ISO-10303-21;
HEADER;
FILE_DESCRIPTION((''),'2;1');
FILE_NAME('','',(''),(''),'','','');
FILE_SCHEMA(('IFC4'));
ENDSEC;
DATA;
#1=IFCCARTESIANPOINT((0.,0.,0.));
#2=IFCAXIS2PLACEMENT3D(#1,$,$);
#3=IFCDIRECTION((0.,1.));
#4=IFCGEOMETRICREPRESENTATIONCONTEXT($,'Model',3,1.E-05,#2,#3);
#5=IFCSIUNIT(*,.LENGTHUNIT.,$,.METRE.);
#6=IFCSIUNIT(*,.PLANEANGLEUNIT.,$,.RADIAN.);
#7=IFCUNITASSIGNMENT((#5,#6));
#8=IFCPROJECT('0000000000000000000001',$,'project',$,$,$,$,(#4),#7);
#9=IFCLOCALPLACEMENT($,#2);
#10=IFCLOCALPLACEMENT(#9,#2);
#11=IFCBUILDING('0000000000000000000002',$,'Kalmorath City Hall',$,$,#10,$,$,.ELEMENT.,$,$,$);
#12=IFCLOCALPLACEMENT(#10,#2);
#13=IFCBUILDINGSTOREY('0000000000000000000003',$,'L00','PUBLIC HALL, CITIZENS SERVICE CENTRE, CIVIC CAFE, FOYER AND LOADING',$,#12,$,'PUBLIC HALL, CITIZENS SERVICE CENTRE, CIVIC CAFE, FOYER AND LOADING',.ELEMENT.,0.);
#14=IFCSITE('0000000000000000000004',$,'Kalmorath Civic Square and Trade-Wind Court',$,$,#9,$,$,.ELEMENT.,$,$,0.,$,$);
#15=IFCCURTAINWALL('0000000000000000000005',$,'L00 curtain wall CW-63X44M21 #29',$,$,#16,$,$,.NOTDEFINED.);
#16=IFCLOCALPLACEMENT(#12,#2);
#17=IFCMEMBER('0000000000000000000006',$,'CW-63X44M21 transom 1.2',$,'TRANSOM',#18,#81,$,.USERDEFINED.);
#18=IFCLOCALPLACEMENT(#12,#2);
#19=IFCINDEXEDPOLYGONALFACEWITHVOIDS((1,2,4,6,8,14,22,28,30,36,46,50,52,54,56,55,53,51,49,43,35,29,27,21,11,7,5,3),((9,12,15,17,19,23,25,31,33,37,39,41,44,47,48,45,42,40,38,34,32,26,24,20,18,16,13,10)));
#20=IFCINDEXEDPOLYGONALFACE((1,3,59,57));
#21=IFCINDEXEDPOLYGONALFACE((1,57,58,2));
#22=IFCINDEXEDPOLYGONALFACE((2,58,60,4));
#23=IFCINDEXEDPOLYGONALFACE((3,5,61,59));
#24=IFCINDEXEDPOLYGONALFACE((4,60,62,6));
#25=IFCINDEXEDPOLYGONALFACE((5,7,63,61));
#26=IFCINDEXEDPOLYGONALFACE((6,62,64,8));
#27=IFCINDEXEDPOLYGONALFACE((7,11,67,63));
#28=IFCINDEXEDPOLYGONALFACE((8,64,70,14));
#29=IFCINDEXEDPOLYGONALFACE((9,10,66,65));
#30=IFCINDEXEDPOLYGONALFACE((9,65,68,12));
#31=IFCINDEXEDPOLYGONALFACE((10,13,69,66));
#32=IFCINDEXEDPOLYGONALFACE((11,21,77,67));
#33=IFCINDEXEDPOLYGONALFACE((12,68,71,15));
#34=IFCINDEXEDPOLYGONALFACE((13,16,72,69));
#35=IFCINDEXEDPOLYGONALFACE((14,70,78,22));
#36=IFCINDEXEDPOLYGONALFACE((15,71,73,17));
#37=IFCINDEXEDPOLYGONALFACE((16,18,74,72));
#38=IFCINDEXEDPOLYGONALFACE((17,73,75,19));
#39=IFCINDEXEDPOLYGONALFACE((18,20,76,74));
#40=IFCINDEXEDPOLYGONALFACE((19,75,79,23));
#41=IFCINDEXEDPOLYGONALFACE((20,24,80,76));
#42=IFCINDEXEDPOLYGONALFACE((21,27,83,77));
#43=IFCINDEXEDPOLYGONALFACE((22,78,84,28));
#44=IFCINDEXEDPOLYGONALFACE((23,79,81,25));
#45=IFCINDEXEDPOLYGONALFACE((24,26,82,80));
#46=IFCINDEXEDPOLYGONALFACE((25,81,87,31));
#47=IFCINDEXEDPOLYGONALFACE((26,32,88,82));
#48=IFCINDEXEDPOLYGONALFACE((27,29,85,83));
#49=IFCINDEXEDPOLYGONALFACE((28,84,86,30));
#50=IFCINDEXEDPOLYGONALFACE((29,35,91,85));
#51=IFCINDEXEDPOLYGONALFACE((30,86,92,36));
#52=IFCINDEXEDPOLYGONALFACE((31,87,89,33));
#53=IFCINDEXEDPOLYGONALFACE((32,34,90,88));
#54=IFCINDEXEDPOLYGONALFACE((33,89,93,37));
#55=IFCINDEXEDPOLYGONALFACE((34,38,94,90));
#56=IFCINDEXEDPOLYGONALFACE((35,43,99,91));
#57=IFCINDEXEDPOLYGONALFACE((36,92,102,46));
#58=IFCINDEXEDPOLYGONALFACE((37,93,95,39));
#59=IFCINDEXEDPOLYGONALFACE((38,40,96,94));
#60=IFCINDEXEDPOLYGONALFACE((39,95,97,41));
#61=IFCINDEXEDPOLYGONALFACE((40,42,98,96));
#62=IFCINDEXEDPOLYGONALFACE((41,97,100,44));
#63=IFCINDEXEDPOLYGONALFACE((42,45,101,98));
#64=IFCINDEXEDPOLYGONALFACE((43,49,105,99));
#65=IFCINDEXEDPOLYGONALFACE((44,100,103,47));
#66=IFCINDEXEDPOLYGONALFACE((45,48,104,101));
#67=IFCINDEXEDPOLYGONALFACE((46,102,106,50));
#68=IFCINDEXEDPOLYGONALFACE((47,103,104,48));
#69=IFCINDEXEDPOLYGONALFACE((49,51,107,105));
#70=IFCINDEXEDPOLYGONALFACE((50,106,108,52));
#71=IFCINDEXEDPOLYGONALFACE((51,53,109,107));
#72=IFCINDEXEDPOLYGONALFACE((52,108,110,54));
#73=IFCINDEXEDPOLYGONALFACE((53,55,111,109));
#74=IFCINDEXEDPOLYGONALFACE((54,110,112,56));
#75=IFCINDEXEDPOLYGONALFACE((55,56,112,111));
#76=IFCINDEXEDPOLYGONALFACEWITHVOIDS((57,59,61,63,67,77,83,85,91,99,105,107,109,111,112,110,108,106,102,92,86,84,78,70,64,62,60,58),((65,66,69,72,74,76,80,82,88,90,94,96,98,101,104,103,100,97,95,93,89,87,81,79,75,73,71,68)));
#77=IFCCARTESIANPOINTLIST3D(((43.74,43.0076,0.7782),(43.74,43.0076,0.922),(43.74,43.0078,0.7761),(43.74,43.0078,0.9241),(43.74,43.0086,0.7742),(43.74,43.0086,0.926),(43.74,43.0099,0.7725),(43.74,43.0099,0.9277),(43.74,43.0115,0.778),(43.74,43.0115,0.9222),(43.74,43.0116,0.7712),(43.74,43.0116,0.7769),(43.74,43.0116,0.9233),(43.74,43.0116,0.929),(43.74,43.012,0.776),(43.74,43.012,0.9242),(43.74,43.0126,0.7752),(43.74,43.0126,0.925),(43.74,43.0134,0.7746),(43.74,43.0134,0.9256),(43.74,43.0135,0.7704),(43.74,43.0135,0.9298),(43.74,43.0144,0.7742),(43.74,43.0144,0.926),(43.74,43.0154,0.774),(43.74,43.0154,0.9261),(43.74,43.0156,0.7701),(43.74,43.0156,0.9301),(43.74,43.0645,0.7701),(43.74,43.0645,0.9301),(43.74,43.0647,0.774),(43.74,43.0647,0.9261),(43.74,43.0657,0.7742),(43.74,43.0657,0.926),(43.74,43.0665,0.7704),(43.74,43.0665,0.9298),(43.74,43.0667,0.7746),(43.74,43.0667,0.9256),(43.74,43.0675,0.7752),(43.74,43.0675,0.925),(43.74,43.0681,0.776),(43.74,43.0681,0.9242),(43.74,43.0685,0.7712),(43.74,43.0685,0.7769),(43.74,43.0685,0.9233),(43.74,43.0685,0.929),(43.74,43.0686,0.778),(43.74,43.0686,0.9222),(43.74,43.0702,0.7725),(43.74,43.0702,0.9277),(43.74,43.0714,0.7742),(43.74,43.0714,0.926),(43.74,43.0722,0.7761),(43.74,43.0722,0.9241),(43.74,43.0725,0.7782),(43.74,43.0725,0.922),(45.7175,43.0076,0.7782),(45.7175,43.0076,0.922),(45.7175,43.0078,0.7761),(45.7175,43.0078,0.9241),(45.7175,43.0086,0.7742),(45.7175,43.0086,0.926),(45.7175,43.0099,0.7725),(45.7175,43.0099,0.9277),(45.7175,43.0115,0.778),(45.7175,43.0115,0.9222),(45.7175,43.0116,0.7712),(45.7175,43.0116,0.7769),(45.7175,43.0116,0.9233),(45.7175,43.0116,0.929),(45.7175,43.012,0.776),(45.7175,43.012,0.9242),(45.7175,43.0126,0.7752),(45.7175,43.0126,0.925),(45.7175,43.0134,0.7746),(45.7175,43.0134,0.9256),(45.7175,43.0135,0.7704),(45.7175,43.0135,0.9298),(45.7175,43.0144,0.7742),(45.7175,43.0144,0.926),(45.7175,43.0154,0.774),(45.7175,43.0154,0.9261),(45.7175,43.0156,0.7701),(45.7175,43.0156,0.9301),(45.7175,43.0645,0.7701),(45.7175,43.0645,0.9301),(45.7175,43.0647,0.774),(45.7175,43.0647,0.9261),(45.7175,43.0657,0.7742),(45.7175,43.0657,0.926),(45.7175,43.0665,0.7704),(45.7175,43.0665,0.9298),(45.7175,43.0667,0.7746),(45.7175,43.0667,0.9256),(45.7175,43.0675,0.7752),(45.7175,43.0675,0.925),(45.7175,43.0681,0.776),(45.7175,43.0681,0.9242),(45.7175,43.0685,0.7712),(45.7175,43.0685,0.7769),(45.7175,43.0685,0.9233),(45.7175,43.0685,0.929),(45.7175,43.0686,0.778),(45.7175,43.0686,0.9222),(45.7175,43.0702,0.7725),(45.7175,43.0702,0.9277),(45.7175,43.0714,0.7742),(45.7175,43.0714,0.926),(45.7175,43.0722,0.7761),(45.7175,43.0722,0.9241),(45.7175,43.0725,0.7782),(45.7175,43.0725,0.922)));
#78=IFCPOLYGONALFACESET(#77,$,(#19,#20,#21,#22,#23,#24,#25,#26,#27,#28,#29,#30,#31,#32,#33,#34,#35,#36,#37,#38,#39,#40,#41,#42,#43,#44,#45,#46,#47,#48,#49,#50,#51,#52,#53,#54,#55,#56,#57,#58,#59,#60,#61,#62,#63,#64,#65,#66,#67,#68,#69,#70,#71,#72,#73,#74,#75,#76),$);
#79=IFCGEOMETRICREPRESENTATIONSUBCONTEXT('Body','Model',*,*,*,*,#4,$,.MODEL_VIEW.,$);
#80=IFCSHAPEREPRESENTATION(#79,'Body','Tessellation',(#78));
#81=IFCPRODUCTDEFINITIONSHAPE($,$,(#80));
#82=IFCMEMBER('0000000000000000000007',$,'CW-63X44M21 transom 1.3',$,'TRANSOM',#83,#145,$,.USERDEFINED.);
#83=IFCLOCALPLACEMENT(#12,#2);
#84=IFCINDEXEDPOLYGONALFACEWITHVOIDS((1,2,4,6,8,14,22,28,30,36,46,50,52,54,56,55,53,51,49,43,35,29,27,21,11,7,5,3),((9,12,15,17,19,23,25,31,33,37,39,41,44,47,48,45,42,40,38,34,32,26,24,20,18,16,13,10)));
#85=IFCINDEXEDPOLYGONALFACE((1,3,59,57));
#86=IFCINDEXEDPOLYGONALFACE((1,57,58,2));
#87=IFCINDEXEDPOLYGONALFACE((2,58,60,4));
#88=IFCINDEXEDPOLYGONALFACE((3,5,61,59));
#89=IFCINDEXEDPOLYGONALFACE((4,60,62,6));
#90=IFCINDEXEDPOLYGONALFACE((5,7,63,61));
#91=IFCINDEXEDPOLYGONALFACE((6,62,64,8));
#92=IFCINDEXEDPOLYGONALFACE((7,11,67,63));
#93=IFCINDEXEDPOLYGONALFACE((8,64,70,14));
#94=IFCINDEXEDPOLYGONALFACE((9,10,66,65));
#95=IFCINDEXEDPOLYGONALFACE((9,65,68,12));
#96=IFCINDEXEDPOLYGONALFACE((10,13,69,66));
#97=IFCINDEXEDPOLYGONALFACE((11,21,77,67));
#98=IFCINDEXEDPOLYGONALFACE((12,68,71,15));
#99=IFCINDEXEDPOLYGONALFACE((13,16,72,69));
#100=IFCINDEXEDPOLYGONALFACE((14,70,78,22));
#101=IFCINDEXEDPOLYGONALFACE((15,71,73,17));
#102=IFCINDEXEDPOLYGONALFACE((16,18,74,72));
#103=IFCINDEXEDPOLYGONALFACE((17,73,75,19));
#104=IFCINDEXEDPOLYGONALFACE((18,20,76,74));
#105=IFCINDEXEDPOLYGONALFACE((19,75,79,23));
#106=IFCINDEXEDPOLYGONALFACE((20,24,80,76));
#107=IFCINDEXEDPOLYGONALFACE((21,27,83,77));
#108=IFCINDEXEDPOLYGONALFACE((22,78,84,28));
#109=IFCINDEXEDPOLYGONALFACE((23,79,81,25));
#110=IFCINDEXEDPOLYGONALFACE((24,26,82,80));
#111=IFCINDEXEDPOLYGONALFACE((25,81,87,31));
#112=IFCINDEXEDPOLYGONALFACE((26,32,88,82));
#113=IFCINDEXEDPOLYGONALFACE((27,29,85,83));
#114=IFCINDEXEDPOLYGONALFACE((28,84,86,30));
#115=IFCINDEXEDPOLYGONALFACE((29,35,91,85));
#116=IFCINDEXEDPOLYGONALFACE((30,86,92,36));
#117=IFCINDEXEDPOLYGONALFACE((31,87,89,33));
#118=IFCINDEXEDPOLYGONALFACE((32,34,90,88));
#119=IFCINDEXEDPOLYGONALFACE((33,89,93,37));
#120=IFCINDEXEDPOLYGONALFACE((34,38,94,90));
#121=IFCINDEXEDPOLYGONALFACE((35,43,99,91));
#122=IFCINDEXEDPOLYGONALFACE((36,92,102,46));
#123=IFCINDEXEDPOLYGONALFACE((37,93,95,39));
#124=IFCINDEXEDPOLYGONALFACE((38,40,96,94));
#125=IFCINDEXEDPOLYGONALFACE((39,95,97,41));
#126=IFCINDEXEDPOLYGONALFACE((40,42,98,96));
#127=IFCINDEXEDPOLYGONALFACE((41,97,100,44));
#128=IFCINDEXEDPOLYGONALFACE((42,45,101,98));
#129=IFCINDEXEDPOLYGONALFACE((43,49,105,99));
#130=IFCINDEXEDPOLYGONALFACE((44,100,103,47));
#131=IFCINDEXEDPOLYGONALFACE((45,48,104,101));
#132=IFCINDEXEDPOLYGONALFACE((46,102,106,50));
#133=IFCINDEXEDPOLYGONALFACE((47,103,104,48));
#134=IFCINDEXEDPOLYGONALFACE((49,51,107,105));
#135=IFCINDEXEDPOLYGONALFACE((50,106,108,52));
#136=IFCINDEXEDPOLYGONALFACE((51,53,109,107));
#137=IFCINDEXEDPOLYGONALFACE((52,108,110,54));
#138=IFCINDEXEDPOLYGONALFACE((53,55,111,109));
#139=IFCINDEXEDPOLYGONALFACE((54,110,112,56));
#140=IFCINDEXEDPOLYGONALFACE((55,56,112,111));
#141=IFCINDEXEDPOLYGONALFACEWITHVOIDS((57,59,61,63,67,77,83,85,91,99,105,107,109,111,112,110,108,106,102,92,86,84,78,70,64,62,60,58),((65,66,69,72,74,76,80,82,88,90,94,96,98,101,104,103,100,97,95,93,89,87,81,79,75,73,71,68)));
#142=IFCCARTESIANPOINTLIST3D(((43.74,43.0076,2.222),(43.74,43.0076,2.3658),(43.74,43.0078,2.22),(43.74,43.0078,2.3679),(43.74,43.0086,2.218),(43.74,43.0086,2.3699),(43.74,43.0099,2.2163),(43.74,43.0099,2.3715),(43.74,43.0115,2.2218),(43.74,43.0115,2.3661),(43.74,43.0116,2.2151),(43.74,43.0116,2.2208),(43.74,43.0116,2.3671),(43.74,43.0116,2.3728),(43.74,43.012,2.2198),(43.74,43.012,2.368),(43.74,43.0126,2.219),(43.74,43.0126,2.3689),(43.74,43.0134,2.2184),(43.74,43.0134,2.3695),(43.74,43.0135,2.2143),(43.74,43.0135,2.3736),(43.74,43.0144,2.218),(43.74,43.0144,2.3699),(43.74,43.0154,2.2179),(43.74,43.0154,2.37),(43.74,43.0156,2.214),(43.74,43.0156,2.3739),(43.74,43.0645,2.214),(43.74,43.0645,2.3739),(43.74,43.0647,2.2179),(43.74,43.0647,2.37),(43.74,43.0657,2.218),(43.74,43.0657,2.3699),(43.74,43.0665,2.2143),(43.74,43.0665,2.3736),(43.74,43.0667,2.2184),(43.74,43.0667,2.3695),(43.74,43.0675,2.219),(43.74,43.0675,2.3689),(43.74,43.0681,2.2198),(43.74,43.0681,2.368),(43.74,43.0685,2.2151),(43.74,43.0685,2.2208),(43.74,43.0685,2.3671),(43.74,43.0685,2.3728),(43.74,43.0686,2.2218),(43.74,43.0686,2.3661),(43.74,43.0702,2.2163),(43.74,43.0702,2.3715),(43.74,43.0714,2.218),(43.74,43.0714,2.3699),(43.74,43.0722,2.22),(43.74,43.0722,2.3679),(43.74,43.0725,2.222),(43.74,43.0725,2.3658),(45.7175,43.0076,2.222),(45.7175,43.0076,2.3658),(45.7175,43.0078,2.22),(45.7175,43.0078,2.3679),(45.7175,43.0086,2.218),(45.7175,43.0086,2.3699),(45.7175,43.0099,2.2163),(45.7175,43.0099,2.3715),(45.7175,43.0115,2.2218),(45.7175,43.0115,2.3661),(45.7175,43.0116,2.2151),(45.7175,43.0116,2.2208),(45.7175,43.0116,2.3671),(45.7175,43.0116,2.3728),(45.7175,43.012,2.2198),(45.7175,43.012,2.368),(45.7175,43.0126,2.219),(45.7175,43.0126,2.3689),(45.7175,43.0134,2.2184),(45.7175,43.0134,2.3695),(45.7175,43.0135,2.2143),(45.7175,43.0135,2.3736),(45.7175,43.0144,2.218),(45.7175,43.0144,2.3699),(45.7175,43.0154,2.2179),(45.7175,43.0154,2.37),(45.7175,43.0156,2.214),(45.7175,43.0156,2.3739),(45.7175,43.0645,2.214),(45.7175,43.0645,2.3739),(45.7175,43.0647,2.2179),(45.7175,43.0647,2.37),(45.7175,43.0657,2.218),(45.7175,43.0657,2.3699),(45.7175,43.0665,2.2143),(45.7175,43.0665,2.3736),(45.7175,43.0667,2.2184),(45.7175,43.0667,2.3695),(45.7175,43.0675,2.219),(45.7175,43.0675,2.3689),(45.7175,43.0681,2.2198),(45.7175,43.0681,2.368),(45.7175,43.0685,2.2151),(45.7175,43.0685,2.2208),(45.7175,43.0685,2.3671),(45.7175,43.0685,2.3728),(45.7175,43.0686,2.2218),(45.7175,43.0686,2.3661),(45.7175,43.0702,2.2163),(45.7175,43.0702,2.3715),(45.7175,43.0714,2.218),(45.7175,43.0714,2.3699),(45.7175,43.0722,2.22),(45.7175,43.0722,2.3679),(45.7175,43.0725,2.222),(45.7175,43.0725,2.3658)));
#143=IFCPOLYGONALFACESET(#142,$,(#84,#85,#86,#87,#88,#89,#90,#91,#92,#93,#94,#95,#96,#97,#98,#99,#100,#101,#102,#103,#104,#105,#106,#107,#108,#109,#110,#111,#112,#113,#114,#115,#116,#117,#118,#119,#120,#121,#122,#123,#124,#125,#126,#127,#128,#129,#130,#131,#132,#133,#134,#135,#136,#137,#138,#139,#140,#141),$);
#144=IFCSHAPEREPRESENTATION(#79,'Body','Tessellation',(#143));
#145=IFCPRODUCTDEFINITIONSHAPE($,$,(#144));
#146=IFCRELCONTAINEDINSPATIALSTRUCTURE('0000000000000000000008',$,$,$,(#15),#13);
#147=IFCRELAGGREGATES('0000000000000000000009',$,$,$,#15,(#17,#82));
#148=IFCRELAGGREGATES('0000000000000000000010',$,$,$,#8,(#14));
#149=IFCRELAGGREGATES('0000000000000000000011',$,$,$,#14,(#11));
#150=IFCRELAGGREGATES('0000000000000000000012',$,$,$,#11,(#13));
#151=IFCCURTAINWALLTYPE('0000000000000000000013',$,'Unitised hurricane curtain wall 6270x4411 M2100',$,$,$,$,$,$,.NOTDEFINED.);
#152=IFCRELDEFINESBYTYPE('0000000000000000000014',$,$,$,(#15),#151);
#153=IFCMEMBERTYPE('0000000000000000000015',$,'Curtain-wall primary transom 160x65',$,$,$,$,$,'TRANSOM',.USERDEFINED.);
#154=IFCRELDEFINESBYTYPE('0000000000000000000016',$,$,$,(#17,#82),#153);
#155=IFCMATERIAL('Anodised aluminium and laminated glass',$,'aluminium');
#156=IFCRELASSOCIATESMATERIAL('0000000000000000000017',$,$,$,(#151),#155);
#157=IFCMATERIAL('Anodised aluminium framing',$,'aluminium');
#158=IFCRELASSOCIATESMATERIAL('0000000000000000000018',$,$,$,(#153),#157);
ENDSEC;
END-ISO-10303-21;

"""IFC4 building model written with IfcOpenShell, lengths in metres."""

from ifc_helpers import new_model, si_unit, direction, frame, origin, origin_2d, place, context, subcontext, project, spatial, hollow_rectangle, extrude, material, material_profile, profile_set, type_object, element, aggregate, save


model = new_model("IFC4")

# Units and contexts
model_context = context("Model", 3, precision=1e-05, world=origin(), true_north=direction((0.0, 1.0)))
body_context = subcontext(model_context, "Body", "Model", "MODEL_VIEW")
ifc_project = project(units=[si_unit("LENGTHUNIT", "METRE"), si_unit("PLANEANGLEUNIT", "RADIAN")], contexts=[model_context])

# Site, building, storey
site_placement = place(None, origin())
site = spatial("IfcSite", under=ifc_project, at=site_placement, Name="Kalmorath Civic Square and Trade-Wind Court", CompositionType="ELEMENT", RefElevation=0.0)
building_placement = place(site_placement, origin())
building = spatial("IfcBuilding", under=site, at=building_placement, Name="Kalmorath City Hall", CompositionType="ELEMENT")
storey_placement = place(building_placement, origin())
storey = spatial("IfcBuildingStorey", under=building, at=storey_placement, Name="L00", Description="PUBLIC HALL, CITIZENS SERVICE CENTRE, CIVIC CAFE, FOYER AND LOADING", LongName="PUBLIC HALL, CITIZENS SERVICE CENTRE, CIVIC CAFE, FOYER AND LOADING", CompositionType="ELEMENT", Elevation=0.0)

# Curtain wall
ifc_material_1 = material(Name="Anodised aluminium and laminated glass", Category="aluminium")
curtain_wall_type_1 = type_object("IfcCurtainWallType", Name="Unitised hurricane curtain wall 6270x4411 M2100", PredefinedType="NOTDEFINED", material=ifc_material_1)
curtain_wall_1_placement = place(storey_placement, origin())
curtain_wall_1 = element("IfcCurtainWall", 1, at=curtain_wall_1_placement, inside=storey, type_object=curtain_wall_type_1, Name="L00 curtain wall CW-63X44M21 #29", PredefinedType="NOTDEFINED")

# Members
ifc_material_2 = material(Name="Anodised aluminium framing", Category="aluminium")
ifc_material_profile_1 = material_profile(ifc_material_2, hollow_rectangle(XDim=0.0649, YDim=0.1599, WallThickness=0.0039, InnerFilletRadius=0.0039, OuterFilletRadius=0.0081, at=origin_2d()), Name="ALU-TRN-160X65X4")
ifc_profile_set_1 = profile_set([ifc_material_profile_1], Name="Anodised aluminium framing")
member_type_1 = type_object("IfcMemberType", Name="Curtain-wall primary transom 160x65", ElementType="TRANSOM", PredefinedType="USERDEFINED", material=ifc_profile_set_1)
member_1_placement = place(storey_placement, frame((43.74, 43.04, 0.8501), z_axis=(1.0, 0.0, 0.0), x_axis=(0.0, 1.0, 0.0)))
member_1 = element("IfcMember", 2, at=member_1_placement, type_object=member_type_1, Name="CW-63X44M21 transom 1.2", ObjectType="TRANSOM", PredefinedType="USERDEFINED", context=body_context, shape_type="SweptSolid", body=[
    extrude(hollow_rectangle(XDim=0.0649, YDim=0.1599, WallThickness=0.0039, InnerFilletRadius=0.0039, OuterFilletRadius=0.0081, at=origin_2d()), origin(), (0.0, 0.0, 1.0), 1.9775),
])
member_2_placement = place(storey_placement, frame((43.74, 43.04, 2.2939), z_axis=(1.0, 0.0, 0.0), x_axis=(0.0, 1.0, 0.0)))
member_2 = element("IfcMember", 3, at=member_2_placement, type_object=member_type_1, Name="CW-63X44M21 transom 1.3", ObjectType="TRANSOM", PredefinedType="USERDEFINED", context=body_context, shape_type="SweptSolid", body=[
    extrude(hollow_rectangle(XDim=0.0649, YDim=0.1599, WallThickness=0.0039, InnerFilletRadius=0.0039, OuterFilletRadius=0.0081, at=origin_2d()), origin(), (0.0, 0.0, 1.0), 1.9775),
])

aggregate(curtain_wall_1, [member_1, member_2])

save(model, "model.ifc")
